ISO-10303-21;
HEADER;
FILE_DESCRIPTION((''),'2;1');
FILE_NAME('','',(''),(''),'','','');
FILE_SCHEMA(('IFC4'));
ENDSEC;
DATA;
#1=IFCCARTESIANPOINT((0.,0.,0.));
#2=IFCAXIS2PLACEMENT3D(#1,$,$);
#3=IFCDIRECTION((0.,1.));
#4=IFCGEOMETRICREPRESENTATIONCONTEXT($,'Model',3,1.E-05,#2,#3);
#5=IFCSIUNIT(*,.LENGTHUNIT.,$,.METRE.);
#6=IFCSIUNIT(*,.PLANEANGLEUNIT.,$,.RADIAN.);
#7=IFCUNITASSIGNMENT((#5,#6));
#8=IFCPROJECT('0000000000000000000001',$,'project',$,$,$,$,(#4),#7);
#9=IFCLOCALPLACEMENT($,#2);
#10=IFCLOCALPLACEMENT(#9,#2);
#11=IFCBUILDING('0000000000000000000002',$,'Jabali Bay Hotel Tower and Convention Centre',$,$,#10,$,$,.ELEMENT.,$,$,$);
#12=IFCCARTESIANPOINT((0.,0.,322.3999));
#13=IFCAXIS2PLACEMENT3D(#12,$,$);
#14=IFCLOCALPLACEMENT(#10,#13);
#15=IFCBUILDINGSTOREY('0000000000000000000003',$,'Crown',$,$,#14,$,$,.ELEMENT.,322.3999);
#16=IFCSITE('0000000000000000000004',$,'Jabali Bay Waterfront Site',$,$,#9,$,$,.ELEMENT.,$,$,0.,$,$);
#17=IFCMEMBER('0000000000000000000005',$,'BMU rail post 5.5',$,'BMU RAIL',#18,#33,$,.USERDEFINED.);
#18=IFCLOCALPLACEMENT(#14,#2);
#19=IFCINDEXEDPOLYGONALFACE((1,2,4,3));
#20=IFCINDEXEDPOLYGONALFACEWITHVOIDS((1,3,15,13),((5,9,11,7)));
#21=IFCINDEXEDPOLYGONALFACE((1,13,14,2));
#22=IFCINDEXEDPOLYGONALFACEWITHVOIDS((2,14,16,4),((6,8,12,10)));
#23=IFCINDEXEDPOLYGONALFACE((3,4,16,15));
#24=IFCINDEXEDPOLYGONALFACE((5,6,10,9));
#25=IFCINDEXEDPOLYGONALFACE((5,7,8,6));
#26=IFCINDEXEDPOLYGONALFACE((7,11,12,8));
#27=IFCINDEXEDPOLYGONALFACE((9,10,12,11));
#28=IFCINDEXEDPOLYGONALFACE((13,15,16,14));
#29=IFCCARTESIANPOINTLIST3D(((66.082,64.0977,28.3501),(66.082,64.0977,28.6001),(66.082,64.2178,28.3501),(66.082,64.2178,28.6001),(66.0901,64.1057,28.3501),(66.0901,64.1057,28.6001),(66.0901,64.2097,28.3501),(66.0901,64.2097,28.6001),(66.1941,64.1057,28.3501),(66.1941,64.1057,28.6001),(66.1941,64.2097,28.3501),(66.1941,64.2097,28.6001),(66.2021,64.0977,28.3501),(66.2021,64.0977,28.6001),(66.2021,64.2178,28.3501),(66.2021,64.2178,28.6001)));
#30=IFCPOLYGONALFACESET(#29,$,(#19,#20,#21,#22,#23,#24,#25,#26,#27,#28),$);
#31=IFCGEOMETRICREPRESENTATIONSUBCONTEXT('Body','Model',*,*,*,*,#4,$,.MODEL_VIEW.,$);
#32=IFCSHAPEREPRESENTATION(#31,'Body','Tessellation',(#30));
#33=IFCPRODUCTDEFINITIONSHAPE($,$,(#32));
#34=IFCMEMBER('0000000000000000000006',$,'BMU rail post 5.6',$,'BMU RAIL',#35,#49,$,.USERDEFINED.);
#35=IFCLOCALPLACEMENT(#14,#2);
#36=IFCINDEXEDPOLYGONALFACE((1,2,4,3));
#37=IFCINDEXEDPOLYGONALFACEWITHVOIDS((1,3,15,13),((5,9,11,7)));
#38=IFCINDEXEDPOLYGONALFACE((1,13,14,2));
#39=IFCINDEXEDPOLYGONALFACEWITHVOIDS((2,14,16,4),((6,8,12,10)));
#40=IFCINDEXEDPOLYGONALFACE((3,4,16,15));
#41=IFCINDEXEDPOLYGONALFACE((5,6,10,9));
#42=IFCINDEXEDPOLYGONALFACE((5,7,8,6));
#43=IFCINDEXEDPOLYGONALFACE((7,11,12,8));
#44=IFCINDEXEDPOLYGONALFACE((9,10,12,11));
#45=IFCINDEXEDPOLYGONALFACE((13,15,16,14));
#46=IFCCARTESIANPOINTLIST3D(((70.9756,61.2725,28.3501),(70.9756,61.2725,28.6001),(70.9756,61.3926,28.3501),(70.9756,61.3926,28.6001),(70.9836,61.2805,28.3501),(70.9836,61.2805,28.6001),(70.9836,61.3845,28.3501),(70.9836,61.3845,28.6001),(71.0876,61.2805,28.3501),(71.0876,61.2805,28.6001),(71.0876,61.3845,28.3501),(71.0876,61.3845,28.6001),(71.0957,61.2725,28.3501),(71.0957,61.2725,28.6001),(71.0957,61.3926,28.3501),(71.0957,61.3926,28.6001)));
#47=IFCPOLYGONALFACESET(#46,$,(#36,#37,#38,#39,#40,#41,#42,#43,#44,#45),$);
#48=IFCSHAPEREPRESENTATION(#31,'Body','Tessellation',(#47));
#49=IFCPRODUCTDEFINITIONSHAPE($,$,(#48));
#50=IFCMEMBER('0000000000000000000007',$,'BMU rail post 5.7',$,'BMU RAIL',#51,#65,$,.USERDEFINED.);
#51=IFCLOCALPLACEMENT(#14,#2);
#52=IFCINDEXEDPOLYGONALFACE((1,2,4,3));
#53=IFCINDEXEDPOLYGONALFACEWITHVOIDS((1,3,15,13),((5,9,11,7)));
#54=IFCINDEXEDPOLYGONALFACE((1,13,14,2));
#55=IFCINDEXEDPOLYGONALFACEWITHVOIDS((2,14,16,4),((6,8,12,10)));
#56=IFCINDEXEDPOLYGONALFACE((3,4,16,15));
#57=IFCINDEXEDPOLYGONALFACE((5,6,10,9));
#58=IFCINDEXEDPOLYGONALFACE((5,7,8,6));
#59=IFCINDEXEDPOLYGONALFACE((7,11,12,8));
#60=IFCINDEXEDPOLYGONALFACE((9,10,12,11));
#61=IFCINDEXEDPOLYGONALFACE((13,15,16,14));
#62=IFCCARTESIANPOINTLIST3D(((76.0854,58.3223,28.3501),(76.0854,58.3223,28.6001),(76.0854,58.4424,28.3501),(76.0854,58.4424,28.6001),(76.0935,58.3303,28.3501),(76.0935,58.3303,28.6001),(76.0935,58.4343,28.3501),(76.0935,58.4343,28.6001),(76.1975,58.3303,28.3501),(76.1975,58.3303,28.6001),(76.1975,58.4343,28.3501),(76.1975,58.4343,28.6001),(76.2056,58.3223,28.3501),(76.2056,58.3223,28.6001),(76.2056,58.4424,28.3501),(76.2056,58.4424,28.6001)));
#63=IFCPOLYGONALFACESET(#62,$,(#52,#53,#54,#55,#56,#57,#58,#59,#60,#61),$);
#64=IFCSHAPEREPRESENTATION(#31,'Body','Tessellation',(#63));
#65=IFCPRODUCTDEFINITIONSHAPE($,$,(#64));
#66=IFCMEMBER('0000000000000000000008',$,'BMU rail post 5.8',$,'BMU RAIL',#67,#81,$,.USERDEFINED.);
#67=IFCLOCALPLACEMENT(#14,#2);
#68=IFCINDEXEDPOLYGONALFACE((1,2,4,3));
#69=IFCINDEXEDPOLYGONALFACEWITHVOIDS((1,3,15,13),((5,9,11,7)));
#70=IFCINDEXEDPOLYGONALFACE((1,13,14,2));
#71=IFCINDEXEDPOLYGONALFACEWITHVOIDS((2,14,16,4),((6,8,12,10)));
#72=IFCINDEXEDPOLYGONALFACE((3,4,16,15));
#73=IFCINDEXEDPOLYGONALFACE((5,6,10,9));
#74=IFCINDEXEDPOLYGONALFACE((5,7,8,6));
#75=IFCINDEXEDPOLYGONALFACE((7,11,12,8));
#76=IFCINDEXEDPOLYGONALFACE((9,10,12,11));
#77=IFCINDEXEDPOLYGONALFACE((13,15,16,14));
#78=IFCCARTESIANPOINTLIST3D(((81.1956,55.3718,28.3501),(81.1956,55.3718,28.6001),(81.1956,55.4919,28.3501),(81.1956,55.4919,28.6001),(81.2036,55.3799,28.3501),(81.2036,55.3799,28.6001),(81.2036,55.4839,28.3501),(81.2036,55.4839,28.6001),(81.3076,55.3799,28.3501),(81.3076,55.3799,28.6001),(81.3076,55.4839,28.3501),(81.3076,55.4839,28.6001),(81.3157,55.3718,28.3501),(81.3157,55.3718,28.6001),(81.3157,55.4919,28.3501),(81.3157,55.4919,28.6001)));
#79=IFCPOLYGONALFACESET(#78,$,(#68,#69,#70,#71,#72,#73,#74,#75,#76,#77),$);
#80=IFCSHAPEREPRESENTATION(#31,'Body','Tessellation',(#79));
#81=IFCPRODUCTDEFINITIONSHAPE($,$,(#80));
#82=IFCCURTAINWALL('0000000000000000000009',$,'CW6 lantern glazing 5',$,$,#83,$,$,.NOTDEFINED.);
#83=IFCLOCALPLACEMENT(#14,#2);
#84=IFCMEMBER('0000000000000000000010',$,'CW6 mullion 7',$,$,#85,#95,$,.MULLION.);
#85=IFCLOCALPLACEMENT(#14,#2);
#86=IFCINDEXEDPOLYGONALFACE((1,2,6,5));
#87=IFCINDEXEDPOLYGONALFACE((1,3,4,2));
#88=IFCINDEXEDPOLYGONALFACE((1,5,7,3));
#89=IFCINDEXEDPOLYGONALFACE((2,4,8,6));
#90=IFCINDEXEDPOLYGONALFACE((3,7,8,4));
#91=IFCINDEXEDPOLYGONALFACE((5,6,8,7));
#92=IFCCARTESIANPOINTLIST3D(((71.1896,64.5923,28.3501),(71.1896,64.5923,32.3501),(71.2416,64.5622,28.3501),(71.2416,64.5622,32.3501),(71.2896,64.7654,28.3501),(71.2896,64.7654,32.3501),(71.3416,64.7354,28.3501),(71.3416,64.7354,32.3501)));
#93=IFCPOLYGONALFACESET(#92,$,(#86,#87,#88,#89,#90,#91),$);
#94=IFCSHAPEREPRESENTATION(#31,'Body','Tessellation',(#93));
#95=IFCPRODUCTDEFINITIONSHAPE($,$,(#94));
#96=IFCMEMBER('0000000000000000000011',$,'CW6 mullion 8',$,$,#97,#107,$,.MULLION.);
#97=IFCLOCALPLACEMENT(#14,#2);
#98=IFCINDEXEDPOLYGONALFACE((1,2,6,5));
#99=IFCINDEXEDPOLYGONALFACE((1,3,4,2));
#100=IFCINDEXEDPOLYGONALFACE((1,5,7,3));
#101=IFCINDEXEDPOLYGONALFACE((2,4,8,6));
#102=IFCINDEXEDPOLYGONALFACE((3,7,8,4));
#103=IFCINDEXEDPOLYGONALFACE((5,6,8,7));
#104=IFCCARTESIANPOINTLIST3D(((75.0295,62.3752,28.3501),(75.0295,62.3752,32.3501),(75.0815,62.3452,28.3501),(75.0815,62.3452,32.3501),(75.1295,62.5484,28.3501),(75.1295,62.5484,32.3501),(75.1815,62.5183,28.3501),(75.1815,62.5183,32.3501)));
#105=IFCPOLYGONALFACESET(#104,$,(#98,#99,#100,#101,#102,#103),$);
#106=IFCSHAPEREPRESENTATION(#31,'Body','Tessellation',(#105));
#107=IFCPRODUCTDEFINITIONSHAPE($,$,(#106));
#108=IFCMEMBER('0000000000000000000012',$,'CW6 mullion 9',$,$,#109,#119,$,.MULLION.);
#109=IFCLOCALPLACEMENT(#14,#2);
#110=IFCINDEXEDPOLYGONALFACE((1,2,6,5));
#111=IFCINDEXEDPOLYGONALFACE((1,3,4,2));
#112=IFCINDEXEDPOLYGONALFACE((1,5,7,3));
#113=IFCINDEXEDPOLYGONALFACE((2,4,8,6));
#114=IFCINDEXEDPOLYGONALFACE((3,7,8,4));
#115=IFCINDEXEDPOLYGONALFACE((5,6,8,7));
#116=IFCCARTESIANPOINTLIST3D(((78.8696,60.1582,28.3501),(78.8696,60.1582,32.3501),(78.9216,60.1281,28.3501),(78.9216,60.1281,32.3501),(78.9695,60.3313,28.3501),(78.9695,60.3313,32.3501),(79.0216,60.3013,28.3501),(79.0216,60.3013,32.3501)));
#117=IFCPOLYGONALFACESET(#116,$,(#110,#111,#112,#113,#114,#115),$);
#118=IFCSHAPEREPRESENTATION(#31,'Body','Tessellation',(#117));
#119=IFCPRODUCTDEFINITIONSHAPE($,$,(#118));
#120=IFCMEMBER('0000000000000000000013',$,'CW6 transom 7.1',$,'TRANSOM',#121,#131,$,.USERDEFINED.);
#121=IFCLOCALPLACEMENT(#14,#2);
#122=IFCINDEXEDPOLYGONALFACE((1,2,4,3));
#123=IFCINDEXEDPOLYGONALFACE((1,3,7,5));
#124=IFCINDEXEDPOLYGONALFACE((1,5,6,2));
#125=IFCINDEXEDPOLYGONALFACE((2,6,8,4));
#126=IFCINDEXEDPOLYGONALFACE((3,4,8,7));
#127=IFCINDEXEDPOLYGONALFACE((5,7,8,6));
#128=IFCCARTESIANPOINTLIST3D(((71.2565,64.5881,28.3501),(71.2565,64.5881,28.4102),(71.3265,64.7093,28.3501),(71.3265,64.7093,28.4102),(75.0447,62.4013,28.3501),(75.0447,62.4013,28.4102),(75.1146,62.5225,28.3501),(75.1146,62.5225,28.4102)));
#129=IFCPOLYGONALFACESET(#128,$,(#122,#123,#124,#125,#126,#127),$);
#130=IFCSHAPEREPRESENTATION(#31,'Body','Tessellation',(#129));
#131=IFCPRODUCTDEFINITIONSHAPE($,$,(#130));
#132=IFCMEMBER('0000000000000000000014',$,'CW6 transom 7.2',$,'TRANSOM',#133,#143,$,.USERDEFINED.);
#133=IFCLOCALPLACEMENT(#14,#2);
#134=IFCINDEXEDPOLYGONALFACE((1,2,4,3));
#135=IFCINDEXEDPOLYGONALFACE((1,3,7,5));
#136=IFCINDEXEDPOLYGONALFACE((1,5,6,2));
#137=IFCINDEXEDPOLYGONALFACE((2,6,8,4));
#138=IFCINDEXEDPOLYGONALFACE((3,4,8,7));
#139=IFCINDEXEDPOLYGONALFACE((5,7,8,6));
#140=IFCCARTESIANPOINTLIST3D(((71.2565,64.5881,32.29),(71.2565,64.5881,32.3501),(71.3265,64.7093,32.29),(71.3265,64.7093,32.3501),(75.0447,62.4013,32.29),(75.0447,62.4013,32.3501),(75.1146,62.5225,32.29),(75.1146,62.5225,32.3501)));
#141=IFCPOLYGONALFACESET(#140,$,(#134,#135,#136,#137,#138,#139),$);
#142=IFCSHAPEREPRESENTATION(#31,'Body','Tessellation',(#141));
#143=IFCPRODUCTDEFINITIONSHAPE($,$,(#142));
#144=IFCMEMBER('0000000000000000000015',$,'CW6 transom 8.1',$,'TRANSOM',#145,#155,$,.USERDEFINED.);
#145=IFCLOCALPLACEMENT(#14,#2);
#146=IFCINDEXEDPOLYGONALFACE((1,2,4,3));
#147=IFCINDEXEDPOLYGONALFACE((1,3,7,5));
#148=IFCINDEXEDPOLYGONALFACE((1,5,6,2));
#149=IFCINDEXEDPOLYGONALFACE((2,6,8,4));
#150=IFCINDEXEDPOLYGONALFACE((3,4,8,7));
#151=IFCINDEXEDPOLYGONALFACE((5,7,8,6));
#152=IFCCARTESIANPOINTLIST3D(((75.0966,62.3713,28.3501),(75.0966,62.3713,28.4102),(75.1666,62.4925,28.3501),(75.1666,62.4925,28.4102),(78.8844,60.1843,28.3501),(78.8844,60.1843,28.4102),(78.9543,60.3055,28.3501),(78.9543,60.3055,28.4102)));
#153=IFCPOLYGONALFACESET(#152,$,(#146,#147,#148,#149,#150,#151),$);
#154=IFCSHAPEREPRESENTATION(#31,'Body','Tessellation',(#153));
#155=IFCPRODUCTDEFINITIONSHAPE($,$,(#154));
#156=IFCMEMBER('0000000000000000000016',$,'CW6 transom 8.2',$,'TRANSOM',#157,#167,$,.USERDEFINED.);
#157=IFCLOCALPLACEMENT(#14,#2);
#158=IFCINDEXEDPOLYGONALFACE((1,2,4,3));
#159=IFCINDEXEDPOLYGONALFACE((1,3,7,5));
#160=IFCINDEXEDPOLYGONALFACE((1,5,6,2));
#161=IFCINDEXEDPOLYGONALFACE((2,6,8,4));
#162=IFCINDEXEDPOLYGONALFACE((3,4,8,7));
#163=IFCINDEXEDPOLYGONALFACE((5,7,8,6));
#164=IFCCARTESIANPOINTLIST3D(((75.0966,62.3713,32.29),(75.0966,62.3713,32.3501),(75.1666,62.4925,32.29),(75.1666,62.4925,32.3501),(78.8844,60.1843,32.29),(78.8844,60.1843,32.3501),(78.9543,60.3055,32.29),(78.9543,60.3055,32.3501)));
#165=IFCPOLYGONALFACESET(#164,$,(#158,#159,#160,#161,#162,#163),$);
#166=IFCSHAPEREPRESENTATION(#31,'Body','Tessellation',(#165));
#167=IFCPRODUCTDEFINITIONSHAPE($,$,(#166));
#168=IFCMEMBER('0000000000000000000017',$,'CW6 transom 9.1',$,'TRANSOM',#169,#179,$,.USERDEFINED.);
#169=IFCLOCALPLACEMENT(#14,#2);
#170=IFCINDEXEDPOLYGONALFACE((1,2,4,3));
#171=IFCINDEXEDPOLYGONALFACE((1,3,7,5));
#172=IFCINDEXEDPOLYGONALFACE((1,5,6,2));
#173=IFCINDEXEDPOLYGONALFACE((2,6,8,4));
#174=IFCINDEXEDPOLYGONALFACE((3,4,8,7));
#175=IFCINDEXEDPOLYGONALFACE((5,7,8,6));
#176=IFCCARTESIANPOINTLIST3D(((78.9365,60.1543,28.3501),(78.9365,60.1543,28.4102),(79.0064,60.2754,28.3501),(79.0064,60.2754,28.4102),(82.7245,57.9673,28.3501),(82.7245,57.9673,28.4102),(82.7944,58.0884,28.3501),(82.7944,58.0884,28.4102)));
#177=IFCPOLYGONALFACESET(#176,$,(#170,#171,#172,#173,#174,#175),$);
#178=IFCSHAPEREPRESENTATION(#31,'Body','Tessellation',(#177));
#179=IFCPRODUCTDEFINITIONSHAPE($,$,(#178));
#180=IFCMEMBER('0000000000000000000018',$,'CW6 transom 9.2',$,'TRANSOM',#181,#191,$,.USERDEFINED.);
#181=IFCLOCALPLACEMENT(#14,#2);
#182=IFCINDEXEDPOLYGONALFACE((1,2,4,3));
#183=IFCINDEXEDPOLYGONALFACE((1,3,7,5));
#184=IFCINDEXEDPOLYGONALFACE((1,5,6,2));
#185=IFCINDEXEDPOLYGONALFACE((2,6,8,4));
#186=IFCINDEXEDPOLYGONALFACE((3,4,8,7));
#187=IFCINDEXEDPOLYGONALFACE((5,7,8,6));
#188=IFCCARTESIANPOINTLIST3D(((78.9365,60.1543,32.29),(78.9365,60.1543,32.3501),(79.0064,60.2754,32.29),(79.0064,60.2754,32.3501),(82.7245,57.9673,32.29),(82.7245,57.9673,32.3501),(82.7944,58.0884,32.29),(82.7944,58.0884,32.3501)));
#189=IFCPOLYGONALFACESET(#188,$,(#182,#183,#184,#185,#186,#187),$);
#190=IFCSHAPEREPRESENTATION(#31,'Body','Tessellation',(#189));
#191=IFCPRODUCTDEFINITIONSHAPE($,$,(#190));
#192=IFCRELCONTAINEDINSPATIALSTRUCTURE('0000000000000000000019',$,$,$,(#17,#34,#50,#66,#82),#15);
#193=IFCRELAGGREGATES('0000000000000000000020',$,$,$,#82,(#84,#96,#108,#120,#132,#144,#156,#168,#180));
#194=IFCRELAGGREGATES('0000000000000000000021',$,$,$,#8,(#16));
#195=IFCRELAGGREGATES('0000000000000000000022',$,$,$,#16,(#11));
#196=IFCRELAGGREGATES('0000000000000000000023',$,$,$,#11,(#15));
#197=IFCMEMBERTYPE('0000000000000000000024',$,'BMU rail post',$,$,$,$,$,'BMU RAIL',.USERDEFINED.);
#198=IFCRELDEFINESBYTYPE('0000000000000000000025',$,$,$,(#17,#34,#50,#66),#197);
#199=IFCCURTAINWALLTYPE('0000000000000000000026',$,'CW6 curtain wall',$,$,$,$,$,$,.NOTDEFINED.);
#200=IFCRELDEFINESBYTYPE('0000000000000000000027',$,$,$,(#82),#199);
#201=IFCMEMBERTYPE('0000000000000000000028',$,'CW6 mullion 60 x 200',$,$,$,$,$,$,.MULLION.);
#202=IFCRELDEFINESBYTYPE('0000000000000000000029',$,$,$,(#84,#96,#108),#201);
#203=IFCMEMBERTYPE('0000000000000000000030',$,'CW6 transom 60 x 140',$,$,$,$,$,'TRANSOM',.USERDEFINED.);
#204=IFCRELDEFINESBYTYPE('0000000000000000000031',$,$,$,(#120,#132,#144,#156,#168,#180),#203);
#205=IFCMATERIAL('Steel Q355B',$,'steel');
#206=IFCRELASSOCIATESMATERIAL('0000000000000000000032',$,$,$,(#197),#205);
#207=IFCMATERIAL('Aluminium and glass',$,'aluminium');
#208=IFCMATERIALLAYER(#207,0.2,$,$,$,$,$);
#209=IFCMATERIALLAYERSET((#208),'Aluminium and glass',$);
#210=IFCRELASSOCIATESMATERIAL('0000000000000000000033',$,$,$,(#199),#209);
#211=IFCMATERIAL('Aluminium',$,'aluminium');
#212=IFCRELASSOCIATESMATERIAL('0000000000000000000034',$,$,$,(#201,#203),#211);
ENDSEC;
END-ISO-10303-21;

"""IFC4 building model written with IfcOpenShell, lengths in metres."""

from ifc_helpers import new_model, si_unit, direction, frame, origin, origin_2d, place, context, subcontext, project, spatial, rectangle, hollow_rectangle, extrude, material, layer, layer_set, material_profile, profile_set, type_object, element, aggregate, save


model = new_model("IFC4")

# Units and contexts
model_context = context("Model", 3, precision=1e-05, world=origin(), true_north=direction((0.0, 1.0)))
body_context = subcontext(model_context, "Body", "Model", "MODEL_VIEW")
ifc_project = project(units=[si_unit("LENGTHUNIT", "METRE"), si_unit("PLANEANGLEUNIT", "RADIAN")], contexts=[model_context])

# Site, building, storey
site_placement = place(None, origin())
site = spatial("IfcSite", under=ifc_project, at=site_placement, Name="Jabali Bay Waterfront Site", CompositionType="ELEMENT", RefElevation=0.0)
building_placement = place(site_placement, origin())
building = spatial("IfcBuilding", under=site, at=building_placement, Name="Jabali Bay Hotel Tower and Convention Centre", CompositionType="ELEMENT")
storey_placement = place(building_placement, frame((0.0, 0.0, 322.3999)))
storey = spatial("IfcBuildingStorey", under=building, at=storey_placement, Name="Crown", CompositionType="ELEMENT", Elevation=322.3999)

# Members
ifc_material_1 = material(Name="Steel Q355B", Category="steel")
ifc_material_profile_1 = material_profile(ifc_material_1, hollow_rectangle(XDim=0.1201, YDim=0.1201, WallThickness=0.0081, at=origin_2d()), Name="BMU rail post")
ifc_profile_set_1 = profile_set([ifc_material_profile_1], Name="Steel Q355B")
member_type_1 = type_object("IfcMemberType", Name="BMU rail post", ElementType="BMU RAIL", PredefinedType="USERDEFINED", material=ifc_profile_set_1)
for number, where, z_axis, x_axis, name in (
    (1, (66.1421, 64.1577, 28.3501), (0.0, 0.0, 1.0), (1.0, 0.0, 0.0), "BMU rail post 5.5"),
    (2, (71.0356, 61.3325, 28.3501), (0.0, 0.0, 1.0), (1.0, 0.0, 0.0), "BMU rail post 5.6"),
    (3, (76.1455, 58.3823, 28.3501), (0.0, 0.0, 1.0), (1.0, 0.0, 0.0), "BMU rail post 5.7"),
    (4, (81.2556, 55.4319, 28.3501), (0.0, 0.0, 1.0), (1.0, 0.0, 0.0), "BMU rail post 5.8"),
):
    element("IfcMember", number, at=place(storey_placement, frame(where, z_axis=z_axis, x_axis=x_axis)), inside=storey, type_object=member_type_1, Name=name, ObjectType="BMU RAIL", PredefinedType="USERDEFINED", context=body_context, shape_type="SweptSolid", body=[
        extrude(hollow_rectangle(XDim=0.1201, YDim=0.1201, WallThickness=0.0081, at=origin_2d()), origin(), (0.0, 0.0, 1.0), 0.25),
    ])

# Curtain wall, members
ifc_material_2 = material(Name="Aluminium and glass", Category="aluminium")
ifc_layer_1 = layer(ifc_material_2, 0.2)
ifc_layer_set_1 = layer_set([ifc_layer_1], Name="Aluminium and glass")
curtain_wall_type = type_object("IfcCurtainWallType", Name="CW6 curtain wall", PredefinedType="NOTDEFINED", material=ifc_layer_set_1)
curtain_wall_placement = place(storey_placement, origin())
curtain_wall = element("IfcCurtainWall", 5, at=curtain_wall_placement, inside=storey, type_object=curtain_wall_type, Name="CW6 lantern glazing 5", PredefinedType="NOTDEFINED")
ifc_material_3 = material(Name="Aluminium", Category="aluminium")
ifc_material_profile_2 = material_profile(ifc_material_3, rectangle(XDim=0.2, YDim=0.0601, at=origin_2d()), Name="CW6 mullion 60 x 200")
ifc_profile_set_2 = profile_set([ifc_material_profile_2], Name="Aluminium")
member_type_2 = type_object("IfcMemberType", Name="CW6 mullion 60 x 200", PredefinedType="MULLION", material=ifc_profile_set_2)
member_1_placement = place(storey_placement, frame((71.2656, 64.6638, 28.3501), z_axis=(0.0, 0.0, 1.0), x_axis=(0.5, 0.866025, 0.0)))
member_1 = element("IfcMember", 6, at=member_1_placement, type_object=member_type_2, Name="CW6 mullion 7", PredefinedType="MULLION", context=body_context, shape_type="SweptSolid", body=[
    extrude(rectangle(XDim=0.2, YDim=0.0601, at=origin_2d()), origin(), (0.0, 0.0, 1.0), 4.0),
])
member_2_placement = place(storey_placement, frame((75.1055, 62.4468, 28.3501), z_axis=(0.0, 0.0, 1.0), x_axis=(0.5, 0.866025, 0.0)))
member_2 = element("IfcMember", 7, at=member_2_placement, type_object=member_type_2, Name="CW6 mullion 8", PredefinedType="MULLION", context=body_context, shape_type="SweptSolid", body=[
    extrude(rectangle(XDim=0.2, YDim=0.0601, at=origin_2d()), origin(), (0.0, 0.0, 1.0), 4.0),
])
member_3_placement = place(storey_placement, frame((78.9456, 60.2297, 28.3501), z_axis=(0.0, 0.0, 1.0), x_axis=(0.5, 0.866025, 0.0)))
member_3 = element("IfcMember", 8, at=member_3_placement, type_object=member_type_2, Name="CW6 mullion 9", PredefinedType="MULLION", context=body_context, shape_type="SweptSolid", body=[
    extrude(rectangle(XDim=0.2, YDim=0.0601, at=origin_2d()), origin(), (0.0, 0.0, 1.0), 4.0),
])
ifc_material_profile_3 = material_profile(ifc_material_3, rectangle(XDim=0.1399, YDim=0.0601, at=origin_2d()), Name="CW6 transom 60 x 140")
ifc_profile_set_3 = profile_set([ifc_material_profile_3], Name="Aluminium")
member_type_3 = type_object("IfcMemberType", Name="CW6 transom 60 x 140", ElementType="TRANSOM", PredefinedType="USERDEFINED", material=ifc_profile_set_3)
member_4_placement = place(storey_placement, frame((71.2915, 64.6487, 28.3801), z_axis=(0.866054, -0.499951, 0.0), x_axis=(0.499951, 0.866054, 0.0)))
member_4 = element("IfcMember", 9, at=member_4_placement, type_object=member_type_3, Name="CW6 transom 7.1", ObjectType="TRANSOM", PredefinedType="USERDEFINED", context=body_context, shape_type="SweptSolid", body=[
    extrude(rectangle(XDim=0.1399, YDim=0.0601, at=origin_2d()), origin(), (0.0, 0.0, 1.0), 4.374),
])
member_5_placement = place(storey_placement, frame((71.2915, 64.6487, 32.3201), z_axis=(0.866054, -0.499951, 0.0), x_axis=(0.499951, 0.866054, 0.0)))
member_5 = element("IfcMember", 10, at=member_5_placement, type_object=member_type_3, Name="CW6 transom 7.2", ObjectType="TRANSOM", PredefinedType="USERDEFINED", context=body_context, shape_type="SweptSolid", body=[
    extrude(rectangle(XDim=0.1399, YDim=0.0601, at=origin_2d()), origin(), (0.0, 0.0, 1.0), 4.374),
])
member_6_placement = place(storey_placement, frame((75.1316, 62.4319, 28.3801), z_axis=(0.866015, -0.500017, 0.0), x_axis=(0.500017, 0.866015, 0.0)))
member_6 = element("IfcMember", 11, at=member_6_placement, type_object=member_type_3, Name="CW6 transom 8.1", ObjectType="TRANSOM", PredefinedType="USERDEFINED", context=body_context, shape_type="SweptSolid", body=[
    extrude(rectangle(XDim=0.1399, YDim=0.0601, at=origin_2d()), origin(), (0.0, 0.0, 1.0), 4.3738),
])
member_7_placement = place(storey_placement, frame((75.1316, 62.4319, 32.3201), z_axis=(0.866015, -0.500017, 0.0), x_axis=(0.500017, 0.866015, 0.0)))
member_7 = element("IfcMember", 12, at=member_7_placement, type_object=member_type_3, Name="CW6 transom 8.2", ObjectType="TRANSOM", PredefinedType="USERDEFINED", context=body_context, shape_type="SweptSolid", body=[
    extrude(rectangle(XDim=0.1399, YDim=0.0601, at=origin_2d()), origin(), (0.0, 0.0, 1.0), 4.3738),
])
member_8_placement = place(storey_placement, frame((78.9714, 60.2148, 28.3801), z_axis=(0.866029, -0.499993, 0.0), x_axis=(0.499993, 0.866029, 0.0)))
member_8 = element("IfcMember", 13, at=member_8_placement, type_object=member_type_3, Name="CW6 transom 9.1", ObjectType="TRANSOM", PredefinedType="USERDEFINED", context=body_context, shape_type="SweptSolid", body=[
    extrude(rectangle(XDim=0.1399, YDim=0.0601, at=origin_2d()), origin(), (0.0, 0.0, 1.0), 4.374),
])
member_9_placement = place(storey_placement, frame((78.9714, 60.2148, 32.3201), z_axis=(0.866029, -0.499993, 0.0), x_axis=(0.499993, 0.866029, 0.0)))
member_9 = element("IfcMember", 14, at=member_9_placement, type_object=member_type_3, Name="CW6 transom 9.2", ObjectType="TRANSOM", PredefinedType="USERDEFINED", context=body_context, shape_type="SweptSolid", body=[
    extrude(rectangle(XDim=0.1399, YDim=0.0601, at=origin_2d()), origin(), (0.0, 0.0, 1.0), 4.374),
])

aggregate(curtain_wall, [member_1, member_2, member_3, member_4, member_5, member_6, member_7, member_8, member_9])

save(model, "model.ifc")
